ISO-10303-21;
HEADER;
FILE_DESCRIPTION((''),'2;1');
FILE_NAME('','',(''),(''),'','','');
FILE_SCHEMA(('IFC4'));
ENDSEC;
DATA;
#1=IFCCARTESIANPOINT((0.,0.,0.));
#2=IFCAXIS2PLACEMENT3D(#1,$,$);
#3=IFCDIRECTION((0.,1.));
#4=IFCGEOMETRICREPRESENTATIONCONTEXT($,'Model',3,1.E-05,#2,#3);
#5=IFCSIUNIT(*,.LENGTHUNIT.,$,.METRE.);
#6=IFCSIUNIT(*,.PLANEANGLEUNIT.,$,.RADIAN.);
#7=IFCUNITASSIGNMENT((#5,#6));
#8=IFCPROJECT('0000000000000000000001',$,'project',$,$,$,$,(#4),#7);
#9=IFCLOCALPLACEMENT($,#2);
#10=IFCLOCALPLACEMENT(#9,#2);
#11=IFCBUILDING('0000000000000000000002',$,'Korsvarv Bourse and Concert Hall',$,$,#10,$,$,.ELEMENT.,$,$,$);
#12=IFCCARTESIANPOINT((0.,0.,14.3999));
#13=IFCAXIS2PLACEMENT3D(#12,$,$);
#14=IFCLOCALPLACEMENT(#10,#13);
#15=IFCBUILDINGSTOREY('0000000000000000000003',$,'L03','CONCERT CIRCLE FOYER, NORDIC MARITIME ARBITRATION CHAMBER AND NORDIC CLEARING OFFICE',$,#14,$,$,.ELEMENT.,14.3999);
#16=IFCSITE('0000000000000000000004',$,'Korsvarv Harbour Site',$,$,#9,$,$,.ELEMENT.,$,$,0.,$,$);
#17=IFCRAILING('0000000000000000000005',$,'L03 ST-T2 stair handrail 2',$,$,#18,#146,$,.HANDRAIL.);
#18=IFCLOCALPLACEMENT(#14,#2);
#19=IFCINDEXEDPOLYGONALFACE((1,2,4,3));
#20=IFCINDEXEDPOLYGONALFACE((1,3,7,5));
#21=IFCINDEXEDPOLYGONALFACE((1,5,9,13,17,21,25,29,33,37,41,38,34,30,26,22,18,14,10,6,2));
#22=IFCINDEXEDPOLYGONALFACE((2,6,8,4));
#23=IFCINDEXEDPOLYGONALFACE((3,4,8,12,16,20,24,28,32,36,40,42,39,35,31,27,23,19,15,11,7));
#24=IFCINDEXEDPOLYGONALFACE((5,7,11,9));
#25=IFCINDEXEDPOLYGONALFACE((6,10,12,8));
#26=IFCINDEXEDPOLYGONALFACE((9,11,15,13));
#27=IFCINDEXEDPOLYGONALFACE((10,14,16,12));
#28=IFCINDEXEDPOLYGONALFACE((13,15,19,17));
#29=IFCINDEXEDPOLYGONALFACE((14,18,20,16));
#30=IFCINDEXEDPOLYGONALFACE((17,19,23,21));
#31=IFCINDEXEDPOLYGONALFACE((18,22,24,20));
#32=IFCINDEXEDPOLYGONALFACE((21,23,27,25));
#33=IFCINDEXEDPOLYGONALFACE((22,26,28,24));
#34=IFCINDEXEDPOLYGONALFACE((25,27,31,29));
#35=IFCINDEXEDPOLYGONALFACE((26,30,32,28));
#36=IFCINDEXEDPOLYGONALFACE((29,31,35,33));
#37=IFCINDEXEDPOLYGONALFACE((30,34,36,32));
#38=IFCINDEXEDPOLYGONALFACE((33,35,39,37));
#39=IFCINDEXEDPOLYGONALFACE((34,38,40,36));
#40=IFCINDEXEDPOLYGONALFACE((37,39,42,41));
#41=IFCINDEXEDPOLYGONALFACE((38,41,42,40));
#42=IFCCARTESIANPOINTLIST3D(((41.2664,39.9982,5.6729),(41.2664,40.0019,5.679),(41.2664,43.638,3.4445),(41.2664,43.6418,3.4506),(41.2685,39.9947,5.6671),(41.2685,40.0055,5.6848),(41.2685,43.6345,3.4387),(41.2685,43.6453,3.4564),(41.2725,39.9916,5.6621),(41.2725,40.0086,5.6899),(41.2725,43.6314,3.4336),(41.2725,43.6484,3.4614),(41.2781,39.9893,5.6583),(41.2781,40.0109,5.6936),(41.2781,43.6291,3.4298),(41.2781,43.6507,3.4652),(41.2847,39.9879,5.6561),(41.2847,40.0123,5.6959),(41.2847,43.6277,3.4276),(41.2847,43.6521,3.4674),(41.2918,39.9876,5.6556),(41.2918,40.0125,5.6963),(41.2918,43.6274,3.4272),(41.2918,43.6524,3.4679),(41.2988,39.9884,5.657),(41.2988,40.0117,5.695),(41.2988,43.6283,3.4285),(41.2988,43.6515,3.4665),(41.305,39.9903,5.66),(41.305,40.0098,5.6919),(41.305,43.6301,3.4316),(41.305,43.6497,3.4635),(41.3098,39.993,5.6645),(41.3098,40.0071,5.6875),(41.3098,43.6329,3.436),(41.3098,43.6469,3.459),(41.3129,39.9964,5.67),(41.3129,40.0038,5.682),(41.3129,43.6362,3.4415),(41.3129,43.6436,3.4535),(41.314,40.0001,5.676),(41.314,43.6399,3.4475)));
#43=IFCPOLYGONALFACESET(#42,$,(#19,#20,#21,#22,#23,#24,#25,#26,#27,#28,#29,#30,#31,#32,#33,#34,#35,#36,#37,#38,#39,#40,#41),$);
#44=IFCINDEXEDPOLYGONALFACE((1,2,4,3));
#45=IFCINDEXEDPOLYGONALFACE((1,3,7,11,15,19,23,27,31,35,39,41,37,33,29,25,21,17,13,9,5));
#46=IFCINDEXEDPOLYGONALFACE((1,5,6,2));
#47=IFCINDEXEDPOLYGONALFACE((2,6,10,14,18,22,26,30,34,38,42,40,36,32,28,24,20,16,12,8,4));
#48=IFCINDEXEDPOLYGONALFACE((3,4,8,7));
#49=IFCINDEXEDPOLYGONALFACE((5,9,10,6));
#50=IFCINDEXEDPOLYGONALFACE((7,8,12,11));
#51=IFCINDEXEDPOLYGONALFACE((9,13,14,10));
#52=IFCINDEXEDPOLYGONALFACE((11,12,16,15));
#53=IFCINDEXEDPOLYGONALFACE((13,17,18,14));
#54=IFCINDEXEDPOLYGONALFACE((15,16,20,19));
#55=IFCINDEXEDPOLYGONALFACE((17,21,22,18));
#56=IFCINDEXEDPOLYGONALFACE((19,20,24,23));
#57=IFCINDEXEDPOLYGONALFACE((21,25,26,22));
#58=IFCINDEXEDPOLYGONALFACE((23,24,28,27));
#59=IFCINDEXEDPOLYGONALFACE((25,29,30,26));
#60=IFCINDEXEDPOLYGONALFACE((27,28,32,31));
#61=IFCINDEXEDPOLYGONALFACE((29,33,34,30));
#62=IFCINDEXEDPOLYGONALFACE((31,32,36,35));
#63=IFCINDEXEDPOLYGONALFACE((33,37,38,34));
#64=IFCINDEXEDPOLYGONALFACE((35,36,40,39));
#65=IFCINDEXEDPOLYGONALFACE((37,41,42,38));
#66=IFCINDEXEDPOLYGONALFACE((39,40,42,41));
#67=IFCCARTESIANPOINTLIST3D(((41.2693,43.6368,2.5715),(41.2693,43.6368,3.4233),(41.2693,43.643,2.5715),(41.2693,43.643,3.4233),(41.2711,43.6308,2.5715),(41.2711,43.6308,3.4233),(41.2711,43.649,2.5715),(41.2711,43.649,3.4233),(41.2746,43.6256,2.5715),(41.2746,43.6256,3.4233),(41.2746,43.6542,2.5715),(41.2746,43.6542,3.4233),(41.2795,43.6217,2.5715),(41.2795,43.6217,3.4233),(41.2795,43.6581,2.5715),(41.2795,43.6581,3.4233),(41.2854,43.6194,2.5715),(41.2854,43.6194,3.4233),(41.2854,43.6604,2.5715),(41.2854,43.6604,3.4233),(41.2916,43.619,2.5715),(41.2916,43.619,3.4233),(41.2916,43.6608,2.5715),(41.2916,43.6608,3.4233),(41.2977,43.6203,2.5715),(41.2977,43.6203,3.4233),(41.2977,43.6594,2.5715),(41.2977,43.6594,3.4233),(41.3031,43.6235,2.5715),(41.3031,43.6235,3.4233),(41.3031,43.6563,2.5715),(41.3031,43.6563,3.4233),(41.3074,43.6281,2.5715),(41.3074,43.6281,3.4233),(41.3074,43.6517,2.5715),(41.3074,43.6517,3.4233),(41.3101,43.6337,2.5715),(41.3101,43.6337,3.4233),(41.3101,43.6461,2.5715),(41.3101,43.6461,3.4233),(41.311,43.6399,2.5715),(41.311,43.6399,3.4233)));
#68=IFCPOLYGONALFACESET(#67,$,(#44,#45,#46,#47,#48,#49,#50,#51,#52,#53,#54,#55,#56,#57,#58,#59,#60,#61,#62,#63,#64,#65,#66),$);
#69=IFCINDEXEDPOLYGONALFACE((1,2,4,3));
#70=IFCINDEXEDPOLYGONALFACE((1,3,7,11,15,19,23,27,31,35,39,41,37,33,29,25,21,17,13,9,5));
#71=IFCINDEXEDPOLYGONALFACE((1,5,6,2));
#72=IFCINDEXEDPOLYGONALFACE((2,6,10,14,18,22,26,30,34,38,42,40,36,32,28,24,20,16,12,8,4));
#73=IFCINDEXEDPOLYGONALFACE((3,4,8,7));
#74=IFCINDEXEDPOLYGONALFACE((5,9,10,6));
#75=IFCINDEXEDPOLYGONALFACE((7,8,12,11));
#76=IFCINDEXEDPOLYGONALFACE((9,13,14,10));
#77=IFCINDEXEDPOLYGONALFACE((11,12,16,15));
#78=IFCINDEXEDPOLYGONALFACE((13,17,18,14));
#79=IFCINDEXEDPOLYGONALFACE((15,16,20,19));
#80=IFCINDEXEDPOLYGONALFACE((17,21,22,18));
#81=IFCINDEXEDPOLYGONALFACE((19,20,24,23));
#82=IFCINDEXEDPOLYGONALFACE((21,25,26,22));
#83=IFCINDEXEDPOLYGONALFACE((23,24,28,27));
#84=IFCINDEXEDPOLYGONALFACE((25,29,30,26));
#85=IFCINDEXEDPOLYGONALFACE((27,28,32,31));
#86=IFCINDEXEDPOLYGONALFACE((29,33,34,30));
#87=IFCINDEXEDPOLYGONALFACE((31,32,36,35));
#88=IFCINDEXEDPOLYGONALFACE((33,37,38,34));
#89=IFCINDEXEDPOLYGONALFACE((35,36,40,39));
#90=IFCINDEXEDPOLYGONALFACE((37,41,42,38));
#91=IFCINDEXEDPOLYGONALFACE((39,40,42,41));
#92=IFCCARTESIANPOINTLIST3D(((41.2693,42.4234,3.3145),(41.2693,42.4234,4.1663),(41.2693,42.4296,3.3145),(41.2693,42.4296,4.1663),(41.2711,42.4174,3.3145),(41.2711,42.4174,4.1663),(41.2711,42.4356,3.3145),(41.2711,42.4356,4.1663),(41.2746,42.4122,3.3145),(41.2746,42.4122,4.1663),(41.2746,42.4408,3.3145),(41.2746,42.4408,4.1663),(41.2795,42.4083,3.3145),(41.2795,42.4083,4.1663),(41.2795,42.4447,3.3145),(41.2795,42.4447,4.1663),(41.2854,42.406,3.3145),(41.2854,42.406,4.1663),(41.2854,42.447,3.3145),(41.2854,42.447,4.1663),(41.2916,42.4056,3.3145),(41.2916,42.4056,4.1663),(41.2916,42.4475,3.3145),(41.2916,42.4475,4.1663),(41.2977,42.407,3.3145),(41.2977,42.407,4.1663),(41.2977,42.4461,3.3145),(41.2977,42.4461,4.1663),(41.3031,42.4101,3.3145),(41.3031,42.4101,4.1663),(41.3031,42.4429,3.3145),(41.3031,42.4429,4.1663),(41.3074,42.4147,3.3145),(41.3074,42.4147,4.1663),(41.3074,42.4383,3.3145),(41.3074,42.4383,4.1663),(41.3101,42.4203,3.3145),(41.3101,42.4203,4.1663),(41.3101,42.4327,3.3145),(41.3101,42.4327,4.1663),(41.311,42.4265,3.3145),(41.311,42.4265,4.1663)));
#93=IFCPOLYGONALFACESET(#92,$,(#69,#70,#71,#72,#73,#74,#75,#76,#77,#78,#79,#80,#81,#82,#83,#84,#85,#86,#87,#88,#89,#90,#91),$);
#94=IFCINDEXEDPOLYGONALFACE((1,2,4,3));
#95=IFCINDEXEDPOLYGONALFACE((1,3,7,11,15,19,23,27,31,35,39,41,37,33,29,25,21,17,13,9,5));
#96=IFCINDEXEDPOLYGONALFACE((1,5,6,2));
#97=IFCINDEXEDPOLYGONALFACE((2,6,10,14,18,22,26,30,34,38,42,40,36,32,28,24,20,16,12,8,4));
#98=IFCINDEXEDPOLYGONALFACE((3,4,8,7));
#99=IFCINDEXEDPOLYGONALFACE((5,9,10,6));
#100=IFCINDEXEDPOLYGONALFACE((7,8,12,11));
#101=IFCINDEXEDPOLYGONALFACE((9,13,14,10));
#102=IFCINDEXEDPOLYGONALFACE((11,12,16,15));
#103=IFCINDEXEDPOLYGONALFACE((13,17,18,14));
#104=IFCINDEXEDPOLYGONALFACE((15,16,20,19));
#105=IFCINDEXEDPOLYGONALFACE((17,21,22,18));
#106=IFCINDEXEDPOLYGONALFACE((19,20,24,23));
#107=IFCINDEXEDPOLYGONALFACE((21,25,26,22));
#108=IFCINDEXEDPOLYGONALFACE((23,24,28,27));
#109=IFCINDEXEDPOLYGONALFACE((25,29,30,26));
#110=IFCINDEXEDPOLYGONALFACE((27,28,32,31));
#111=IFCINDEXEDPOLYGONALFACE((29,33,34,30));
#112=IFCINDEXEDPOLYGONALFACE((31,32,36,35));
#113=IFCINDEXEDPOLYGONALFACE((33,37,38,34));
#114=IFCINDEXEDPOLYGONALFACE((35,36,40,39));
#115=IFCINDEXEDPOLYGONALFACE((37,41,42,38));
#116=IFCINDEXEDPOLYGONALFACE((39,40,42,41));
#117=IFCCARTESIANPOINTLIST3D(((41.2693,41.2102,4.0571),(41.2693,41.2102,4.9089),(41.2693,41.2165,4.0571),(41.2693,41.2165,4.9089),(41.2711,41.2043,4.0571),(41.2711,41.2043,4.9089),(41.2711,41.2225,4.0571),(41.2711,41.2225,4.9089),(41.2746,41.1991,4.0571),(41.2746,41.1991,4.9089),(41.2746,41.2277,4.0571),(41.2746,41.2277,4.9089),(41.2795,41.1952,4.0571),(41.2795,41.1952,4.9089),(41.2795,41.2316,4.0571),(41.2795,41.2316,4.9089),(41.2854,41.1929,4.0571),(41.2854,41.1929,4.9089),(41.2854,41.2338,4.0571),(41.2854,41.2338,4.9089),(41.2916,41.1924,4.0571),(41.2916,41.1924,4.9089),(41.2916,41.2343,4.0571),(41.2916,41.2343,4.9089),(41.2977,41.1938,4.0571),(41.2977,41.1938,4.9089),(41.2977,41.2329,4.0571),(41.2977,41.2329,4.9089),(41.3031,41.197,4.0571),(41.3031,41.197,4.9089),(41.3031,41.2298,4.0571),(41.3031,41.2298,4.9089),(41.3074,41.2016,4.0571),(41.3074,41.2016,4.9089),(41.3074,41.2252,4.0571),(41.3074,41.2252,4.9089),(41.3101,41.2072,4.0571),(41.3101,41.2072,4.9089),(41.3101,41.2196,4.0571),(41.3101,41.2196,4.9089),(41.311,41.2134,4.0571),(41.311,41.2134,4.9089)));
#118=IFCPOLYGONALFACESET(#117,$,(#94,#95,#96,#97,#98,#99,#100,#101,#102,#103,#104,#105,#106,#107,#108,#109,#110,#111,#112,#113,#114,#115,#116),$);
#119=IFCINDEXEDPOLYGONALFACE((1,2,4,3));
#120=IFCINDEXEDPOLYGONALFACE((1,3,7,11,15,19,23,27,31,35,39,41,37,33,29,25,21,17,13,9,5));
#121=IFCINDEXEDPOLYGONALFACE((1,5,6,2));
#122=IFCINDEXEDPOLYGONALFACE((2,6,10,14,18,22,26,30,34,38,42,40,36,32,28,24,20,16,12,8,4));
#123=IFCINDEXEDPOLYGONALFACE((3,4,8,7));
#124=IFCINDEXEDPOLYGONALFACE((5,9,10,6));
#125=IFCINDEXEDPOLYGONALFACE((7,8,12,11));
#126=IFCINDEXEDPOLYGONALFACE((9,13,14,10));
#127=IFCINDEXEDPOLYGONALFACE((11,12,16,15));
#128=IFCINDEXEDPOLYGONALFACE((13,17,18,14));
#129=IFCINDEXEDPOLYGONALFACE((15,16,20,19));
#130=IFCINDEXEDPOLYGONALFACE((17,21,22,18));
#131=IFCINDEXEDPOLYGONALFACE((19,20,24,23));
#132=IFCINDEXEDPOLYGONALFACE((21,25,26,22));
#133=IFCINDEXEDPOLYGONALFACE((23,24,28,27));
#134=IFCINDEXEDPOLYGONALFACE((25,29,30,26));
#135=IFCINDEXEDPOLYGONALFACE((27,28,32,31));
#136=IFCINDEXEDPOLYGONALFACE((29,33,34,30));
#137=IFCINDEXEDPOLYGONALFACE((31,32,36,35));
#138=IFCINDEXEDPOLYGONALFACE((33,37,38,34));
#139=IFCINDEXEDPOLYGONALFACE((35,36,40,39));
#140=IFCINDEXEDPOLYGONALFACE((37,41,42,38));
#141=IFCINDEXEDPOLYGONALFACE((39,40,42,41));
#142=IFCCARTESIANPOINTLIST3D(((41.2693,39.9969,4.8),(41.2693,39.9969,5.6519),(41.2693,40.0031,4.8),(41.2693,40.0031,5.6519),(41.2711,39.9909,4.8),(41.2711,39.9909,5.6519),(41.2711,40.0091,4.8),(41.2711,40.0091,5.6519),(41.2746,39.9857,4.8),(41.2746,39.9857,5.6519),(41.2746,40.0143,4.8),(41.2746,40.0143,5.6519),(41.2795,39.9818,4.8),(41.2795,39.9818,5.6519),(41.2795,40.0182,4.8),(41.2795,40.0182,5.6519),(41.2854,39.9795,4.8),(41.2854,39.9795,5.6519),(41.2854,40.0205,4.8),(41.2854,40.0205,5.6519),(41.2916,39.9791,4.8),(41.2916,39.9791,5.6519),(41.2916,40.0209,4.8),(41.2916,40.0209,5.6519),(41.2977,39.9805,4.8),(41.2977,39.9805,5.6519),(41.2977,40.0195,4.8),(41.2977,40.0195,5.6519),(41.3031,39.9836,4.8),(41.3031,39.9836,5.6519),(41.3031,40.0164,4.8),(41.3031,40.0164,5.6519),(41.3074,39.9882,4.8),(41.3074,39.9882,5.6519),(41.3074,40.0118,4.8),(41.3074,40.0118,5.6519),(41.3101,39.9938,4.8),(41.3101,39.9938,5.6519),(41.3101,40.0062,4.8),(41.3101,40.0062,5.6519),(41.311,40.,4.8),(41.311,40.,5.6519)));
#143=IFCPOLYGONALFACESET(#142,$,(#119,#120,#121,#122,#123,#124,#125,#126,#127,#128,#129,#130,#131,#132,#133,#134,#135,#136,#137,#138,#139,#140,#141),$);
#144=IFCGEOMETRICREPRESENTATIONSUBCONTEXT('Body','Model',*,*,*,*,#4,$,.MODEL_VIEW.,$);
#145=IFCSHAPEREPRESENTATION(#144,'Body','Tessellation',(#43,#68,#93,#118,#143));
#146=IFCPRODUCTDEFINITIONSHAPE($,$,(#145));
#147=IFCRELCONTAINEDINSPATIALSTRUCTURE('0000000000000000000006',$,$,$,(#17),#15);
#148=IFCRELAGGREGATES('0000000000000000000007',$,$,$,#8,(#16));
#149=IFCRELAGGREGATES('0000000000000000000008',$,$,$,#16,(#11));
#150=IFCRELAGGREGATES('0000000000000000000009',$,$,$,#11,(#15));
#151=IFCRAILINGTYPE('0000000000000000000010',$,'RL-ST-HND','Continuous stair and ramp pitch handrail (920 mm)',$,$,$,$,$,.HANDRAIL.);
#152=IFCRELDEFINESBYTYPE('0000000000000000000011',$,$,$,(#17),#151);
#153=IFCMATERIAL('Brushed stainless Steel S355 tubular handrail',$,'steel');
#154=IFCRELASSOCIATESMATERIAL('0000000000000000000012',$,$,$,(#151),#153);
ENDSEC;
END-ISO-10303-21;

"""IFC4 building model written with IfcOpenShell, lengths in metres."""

from ifc_helpers import new_model, si_unit, direction, frame, origin, origin_2d, place, context, subcontext, project, spatial, circle, extrude, material, type_object, element, save


model = new_model("IFC4")

# Units and contexts
model_context = context("Model", 3, precision=1e-05, world=origin(), true_north=direction((0.0, 1.0)))
body_context = subcontext(model_context, "Body", "Model", "MODEL_VIEW")
ifc_project = project(units=[si_unit("LENGTHUNIT", "METRE"), si_unit("PLANEANGLEUNIT", "RADIAN")], contexts=[model_context])

# Site, building, storey
site_placement = place(None, origin())
site = spatial("IfcSite", under=ifc_project, at=site_placement, Name="Korsvarv Harbour Site", CompositionType="ELEMENT", RefElevation=0.0)
building_placement = place(site_placement, origin())
building = spatial("IfcBuilding", under=site, at=building_placement, Name="Korsvarv Bourse and Concert Hall", CompositionType="ELEMENT")
storey_placement = place(building_placement, frame((0.0, 0.0, 14.3999)))
storey = spatial("IfcBuildingStorey", under=building, at=storey_placement, Name="L03", Description="CONCERT CIRCLE FOYER, NORDIC MARITIME ARBITRATION CHAMBER AND NORDIC CLEARING OFFICE", CompositionType="ELEMENT", Elevation=14.3999)

# Railing
ifc_material_1 = material(Name="Brushed stainless Steel S355 tubular handrail", Category="steel")
railing_type_1 = type_object("IfcRailingType", Name="RL-ST-HND", Description="Continuous stair and ramp pitch handrail (920 mm)", PredefinedType="HANDRAIL", material=ifc_material_1)
railing_1_placement = place(storey_placement, frame((41.29, 43.6399, 2.5715)))
element("IfcRailing", 1, at=railing_1_placement, inside=storey, type_object=railing_type_1, Name="L03 ST-T2 stair handrail 2", PredefinedType="HANDRAIL", context=body_context, shape_type="SweptSolid", body=[
    extrude(circle(Radius=0.0239, at=origin_2d()), frame((0.0, 0.0, 0.876), z_axis=(0.0, -0.85285, 0.522156), x_axis=(1.0, 0.0, 0.0)), (0.0, 0.0, 1.0), 4.2678),
    extrude(circle(Radius=0.021, at=origin_2d()), origin(), (0.0, 0.0, 1.0), 0.8518),
    extrude(circle(Radius=0.021, at=origin_2d()), frame((0.0, -1.2134, 0.7429)), (0.0, 0.0, 1.0), 0.8518),
    extrude(circle(Radius=0.021, at=origin_2d()), frame((0.0, -2.4265, 1.4856)), (0.0, 0.0, 1.0), 0.8518),
    extrude(circle(Radius=0.021, at=origin_2d()), frame((0.0, -3.6399, 2.2285)), (0.0, 0.0, 1.0), 0.8518),
])

save(model, "model.ifc")
